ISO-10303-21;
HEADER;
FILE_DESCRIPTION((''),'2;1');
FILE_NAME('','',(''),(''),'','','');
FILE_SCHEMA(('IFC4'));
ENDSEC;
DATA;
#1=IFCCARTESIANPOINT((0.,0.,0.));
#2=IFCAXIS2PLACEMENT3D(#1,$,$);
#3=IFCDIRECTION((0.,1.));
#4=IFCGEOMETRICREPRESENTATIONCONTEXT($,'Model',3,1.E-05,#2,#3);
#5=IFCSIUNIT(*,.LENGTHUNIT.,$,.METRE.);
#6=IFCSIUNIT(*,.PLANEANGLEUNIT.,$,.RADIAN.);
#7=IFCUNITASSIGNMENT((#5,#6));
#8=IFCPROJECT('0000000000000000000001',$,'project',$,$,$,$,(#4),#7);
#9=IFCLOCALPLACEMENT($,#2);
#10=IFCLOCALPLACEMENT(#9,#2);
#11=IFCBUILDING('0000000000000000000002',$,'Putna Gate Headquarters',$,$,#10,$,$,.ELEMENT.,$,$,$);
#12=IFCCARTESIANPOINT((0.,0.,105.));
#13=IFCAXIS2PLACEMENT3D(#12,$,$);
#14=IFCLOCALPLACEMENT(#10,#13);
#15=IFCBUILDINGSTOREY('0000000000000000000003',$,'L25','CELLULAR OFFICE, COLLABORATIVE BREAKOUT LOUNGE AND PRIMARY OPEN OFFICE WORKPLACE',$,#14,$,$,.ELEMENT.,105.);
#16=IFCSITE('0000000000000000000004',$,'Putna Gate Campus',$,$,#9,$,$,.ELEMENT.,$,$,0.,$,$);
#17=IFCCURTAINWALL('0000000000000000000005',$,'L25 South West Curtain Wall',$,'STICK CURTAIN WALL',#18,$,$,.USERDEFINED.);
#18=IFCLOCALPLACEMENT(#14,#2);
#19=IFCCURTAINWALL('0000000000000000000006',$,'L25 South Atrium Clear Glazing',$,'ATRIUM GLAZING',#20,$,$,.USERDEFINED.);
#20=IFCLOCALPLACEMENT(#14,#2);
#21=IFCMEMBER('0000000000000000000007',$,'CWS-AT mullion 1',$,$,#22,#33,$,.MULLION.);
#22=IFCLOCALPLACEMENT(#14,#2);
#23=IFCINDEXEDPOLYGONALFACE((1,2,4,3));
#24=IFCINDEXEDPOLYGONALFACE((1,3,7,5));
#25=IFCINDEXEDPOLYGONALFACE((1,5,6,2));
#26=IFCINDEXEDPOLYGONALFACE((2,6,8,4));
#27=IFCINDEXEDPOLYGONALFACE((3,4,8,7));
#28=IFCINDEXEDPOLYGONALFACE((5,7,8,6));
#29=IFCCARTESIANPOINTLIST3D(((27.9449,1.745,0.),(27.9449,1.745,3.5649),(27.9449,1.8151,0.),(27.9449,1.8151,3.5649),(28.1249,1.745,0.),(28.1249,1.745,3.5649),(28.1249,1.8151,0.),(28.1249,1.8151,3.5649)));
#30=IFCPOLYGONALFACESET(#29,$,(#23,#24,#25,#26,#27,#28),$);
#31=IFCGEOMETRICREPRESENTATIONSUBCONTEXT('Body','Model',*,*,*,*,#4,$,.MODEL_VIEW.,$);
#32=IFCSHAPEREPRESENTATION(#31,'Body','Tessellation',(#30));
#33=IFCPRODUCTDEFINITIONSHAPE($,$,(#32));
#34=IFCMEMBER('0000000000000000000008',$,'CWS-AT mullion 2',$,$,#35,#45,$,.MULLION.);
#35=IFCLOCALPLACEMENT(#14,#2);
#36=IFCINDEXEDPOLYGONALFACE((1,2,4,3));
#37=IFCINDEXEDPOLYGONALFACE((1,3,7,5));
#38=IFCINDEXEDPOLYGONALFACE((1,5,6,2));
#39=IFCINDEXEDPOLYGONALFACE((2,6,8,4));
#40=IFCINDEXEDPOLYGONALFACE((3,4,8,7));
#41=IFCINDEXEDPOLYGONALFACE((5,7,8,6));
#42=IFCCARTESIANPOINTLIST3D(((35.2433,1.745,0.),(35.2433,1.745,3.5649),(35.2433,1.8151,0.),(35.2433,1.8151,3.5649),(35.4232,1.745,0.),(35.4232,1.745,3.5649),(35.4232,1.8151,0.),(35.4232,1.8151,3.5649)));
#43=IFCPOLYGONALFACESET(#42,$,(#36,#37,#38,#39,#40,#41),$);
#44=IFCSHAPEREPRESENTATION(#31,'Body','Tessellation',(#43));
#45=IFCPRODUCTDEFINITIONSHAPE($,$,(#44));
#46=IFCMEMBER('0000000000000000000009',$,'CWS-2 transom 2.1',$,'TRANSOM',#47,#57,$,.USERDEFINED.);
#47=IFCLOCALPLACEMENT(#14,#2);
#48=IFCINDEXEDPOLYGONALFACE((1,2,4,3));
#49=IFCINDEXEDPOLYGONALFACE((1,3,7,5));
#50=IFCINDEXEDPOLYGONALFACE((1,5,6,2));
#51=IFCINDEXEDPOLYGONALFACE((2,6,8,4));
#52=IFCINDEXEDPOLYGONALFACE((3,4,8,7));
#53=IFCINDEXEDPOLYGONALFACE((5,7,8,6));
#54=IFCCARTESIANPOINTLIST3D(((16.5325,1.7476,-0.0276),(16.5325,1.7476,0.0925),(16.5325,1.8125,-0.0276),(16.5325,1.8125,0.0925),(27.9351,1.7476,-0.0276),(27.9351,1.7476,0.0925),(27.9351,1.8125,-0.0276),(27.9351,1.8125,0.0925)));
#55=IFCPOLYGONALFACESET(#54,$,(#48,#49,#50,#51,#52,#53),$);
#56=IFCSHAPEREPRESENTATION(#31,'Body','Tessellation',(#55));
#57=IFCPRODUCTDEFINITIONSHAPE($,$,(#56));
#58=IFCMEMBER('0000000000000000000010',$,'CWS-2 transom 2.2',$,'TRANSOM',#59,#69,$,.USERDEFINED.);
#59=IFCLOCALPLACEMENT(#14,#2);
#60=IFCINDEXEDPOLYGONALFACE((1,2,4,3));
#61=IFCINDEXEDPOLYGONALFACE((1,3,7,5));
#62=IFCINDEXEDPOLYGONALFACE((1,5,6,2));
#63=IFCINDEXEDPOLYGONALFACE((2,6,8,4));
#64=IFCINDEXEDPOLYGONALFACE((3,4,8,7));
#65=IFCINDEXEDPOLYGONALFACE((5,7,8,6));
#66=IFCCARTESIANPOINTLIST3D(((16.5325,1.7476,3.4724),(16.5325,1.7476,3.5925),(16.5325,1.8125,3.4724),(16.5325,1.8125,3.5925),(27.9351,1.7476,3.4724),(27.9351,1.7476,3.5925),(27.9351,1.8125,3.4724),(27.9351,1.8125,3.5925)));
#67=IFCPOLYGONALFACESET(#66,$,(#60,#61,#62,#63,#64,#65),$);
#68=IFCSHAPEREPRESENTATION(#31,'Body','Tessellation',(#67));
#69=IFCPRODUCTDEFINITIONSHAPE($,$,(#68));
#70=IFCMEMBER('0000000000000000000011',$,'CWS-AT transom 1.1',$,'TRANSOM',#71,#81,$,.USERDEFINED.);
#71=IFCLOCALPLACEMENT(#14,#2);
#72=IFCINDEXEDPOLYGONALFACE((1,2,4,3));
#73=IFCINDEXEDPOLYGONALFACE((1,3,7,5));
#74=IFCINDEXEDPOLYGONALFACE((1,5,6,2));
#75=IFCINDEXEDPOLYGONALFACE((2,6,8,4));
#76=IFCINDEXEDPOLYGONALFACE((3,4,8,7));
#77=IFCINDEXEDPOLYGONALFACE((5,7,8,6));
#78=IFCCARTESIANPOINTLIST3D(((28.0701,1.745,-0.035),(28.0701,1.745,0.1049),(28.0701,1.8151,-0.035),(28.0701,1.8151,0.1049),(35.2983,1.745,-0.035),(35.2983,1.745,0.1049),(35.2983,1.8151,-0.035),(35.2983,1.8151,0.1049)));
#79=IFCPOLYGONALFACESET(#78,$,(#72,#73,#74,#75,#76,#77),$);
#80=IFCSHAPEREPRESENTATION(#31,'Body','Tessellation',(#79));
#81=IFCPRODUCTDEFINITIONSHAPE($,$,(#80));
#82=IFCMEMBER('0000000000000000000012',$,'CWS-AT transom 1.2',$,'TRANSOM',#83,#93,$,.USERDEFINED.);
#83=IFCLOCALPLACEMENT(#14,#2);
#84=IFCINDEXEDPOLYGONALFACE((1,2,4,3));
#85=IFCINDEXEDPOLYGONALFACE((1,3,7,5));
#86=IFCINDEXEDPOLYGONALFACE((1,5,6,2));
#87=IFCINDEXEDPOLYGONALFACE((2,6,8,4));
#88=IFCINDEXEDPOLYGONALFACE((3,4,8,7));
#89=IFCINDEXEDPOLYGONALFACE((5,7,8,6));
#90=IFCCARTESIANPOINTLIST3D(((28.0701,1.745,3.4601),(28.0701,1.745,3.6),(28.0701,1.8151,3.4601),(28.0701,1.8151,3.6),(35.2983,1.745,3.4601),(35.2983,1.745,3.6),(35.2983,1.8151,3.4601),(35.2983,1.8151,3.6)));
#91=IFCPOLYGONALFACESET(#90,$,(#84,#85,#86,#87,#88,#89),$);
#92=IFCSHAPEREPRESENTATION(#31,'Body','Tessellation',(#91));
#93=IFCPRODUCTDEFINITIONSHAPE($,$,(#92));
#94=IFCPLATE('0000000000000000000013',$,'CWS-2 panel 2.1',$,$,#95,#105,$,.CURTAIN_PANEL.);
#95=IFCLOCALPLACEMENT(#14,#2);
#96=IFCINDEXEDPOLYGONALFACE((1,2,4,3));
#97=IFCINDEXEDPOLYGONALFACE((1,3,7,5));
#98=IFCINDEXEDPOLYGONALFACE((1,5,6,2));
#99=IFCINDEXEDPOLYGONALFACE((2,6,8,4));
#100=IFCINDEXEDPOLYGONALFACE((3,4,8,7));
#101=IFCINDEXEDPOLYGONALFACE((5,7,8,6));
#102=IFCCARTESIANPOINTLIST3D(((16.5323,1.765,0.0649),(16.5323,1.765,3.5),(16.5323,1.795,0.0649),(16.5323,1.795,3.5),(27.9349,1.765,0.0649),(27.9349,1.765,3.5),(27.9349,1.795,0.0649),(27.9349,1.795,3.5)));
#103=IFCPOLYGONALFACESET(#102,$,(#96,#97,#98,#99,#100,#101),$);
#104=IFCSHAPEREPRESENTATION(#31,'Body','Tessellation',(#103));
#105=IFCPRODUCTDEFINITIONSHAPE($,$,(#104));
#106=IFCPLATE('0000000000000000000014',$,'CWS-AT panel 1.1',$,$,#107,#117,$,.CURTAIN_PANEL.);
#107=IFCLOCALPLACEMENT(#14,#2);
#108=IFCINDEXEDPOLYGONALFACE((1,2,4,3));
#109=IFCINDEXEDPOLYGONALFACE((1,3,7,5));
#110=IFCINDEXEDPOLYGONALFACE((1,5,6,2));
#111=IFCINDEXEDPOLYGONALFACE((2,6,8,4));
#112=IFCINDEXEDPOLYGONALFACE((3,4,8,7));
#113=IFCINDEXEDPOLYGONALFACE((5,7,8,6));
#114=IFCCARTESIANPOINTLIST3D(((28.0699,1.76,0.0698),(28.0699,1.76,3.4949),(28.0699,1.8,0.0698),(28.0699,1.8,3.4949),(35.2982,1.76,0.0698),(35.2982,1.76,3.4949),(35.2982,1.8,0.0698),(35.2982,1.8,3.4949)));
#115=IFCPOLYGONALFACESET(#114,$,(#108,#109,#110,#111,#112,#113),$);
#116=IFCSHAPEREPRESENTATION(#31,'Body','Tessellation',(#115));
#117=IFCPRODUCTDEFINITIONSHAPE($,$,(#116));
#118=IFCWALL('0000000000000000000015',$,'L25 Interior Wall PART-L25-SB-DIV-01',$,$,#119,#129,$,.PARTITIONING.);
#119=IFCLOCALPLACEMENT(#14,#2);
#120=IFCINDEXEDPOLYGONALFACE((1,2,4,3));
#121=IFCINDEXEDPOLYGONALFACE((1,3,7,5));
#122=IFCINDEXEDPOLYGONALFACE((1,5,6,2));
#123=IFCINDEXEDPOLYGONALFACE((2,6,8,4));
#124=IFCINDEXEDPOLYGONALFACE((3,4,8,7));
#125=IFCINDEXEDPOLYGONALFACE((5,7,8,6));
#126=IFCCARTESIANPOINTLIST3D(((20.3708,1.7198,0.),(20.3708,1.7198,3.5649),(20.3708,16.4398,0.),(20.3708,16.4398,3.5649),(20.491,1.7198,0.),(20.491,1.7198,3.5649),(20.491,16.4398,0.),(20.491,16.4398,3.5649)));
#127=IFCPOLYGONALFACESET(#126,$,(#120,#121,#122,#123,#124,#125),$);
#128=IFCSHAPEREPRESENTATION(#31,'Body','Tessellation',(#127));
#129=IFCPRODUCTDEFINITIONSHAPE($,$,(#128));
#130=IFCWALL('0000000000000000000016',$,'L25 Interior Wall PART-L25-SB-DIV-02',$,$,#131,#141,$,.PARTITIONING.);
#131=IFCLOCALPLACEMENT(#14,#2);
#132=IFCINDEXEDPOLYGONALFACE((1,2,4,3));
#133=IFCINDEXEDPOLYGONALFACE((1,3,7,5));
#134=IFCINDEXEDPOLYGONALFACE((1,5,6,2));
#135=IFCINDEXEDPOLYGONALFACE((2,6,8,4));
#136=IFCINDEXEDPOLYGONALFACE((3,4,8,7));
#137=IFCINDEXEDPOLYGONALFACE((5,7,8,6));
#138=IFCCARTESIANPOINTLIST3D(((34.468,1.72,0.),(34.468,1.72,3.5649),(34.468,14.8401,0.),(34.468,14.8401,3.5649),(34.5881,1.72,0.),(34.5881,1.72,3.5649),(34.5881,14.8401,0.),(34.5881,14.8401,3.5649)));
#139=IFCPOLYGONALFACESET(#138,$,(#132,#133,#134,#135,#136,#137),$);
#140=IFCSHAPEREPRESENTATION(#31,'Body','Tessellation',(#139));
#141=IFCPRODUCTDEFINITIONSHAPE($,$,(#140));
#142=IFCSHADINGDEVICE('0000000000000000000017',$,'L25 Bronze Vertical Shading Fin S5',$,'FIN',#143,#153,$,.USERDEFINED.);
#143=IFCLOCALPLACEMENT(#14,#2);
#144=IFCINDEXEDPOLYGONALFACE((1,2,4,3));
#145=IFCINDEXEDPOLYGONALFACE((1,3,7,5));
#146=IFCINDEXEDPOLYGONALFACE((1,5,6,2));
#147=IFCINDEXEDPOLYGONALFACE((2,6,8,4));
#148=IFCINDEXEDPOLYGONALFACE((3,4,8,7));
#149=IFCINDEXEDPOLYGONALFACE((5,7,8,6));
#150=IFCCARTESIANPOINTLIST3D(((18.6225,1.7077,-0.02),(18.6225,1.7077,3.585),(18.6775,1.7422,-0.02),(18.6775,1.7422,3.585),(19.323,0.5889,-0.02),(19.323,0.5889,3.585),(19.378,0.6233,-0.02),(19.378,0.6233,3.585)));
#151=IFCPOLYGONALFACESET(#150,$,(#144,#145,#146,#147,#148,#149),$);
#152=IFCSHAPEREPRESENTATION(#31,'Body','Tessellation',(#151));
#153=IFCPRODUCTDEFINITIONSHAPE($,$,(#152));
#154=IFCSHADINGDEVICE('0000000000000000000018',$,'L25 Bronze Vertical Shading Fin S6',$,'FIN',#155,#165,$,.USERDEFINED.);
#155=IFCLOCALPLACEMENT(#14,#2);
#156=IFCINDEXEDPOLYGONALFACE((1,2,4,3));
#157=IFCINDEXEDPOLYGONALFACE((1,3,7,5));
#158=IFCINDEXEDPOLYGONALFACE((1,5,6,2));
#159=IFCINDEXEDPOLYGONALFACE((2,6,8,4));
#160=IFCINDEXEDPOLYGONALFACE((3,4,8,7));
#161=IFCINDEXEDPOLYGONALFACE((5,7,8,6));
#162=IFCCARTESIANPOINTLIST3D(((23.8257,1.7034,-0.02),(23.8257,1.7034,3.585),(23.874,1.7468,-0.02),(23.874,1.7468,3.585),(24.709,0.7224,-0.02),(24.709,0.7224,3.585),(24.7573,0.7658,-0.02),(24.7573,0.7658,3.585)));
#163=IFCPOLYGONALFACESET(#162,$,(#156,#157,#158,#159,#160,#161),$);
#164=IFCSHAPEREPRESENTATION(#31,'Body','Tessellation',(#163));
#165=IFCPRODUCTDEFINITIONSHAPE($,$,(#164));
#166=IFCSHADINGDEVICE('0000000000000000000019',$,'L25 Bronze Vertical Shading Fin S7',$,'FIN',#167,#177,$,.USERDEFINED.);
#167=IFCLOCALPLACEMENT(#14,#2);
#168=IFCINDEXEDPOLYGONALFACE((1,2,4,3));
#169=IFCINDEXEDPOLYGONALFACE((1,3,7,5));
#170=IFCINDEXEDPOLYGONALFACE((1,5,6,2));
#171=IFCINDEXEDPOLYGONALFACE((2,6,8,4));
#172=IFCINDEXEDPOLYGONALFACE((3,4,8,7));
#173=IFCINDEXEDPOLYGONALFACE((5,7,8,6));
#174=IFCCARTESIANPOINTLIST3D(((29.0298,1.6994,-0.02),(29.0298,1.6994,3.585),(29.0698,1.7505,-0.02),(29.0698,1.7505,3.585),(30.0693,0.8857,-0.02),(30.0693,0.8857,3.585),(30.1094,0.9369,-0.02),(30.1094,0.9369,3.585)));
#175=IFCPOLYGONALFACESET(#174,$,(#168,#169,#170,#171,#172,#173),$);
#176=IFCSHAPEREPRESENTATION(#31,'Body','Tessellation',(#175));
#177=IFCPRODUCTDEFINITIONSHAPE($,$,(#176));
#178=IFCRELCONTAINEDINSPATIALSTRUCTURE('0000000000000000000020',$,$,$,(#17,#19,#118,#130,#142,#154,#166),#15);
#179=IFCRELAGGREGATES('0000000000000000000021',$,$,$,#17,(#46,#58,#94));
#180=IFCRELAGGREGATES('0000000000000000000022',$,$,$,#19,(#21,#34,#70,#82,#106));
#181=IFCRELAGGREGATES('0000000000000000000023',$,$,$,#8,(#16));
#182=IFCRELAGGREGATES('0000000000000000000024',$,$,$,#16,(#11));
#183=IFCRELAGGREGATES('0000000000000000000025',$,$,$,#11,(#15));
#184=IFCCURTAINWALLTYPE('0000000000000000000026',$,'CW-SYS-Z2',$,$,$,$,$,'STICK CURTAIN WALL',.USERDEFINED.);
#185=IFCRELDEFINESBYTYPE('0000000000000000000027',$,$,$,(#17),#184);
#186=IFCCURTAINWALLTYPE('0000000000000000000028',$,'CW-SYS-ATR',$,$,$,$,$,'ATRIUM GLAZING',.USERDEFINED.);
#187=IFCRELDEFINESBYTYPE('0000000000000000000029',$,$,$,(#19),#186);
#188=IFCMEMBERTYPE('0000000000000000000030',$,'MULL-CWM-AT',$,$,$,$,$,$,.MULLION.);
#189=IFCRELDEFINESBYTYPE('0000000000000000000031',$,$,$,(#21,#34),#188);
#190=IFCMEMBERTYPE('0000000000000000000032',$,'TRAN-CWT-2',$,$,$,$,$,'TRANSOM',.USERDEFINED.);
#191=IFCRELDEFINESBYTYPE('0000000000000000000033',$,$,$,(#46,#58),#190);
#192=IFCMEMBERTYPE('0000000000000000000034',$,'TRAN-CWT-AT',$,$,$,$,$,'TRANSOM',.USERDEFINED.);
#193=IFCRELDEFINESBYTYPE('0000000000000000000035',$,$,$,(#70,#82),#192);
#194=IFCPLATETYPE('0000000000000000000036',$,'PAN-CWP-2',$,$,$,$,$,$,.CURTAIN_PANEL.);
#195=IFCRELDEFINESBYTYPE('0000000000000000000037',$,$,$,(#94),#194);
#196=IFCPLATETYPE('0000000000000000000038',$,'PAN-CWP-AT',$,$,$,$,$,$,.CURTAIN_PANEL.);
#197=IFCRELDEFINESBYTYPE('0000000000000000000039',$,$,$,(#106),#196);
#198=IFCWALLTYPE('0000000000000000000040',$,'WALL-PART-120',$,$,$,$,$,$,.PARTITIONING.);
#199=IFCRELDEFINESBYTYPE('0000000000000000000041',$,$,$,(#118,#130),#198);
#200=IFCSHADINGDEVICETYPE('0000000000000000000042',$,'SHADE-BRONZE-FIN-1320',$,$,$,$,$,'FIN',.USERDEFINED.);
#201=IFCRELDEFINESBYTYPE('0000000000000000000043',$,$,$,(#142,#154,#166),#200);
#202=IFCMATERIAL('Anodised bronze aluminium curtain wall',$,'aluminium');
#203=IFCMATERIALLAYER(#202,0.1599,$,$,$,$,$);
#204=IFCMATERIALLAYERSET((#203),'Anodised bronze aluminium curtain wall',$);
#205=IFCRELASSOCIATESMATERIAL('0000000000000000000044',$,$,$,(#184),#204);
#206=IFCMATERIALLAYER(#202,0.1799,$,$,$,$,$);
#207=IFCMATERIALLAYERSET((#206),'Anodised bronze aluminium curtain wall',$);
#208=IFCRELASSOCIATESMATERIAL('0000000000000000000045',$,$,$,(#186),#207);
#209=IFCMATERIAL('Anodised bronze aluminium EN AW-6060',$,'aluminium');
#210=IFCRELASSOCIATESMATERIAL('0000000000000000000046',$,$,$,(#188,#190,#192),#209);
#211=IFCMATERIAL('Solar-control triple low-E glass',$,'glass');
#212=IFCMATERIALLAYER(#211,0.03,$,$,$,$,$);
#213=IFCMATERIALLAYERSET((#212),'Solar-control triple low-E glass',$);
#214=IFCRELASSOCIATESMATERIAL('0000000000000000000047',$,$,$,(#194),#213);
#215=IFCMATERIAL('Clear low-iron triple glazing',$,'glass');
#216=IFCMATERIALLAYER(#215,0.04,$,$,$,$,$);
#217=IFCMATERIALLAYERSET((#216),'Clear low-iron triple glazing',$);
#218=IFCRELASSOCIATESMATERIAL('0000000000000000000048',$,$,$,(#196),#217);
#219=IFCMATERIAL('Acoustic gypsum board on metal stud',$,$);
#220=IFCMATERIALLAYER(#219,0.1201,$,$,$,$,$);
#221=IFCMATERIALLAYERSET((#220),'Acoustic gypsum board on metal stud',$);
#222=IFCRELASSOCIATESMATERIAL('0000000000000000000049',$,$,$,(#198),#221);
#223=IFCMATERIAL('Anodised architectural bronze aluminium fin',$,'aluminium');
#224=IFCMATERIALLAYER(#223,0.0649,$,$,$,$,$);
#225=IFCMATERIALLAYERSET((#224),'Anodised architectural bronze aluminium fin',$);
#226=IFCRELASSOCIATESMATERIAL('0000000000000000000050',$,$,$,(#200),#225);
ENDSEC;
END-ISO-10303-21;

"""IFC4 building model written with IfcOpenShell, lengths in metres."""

from ifc_helpers import new_model, si_unit, direction, frame, frame_2d, origin, origin_2d, place, context, subcontext, project, spatial, rectangle, extrude, material, layer, layer_set, material_profile, profile_set, type_object, element, aggregate, save


model = new_model("IFC4")

# Units and contexts
model_context = context("Model", 3, precision=1e-05, world=origin(), true_north=direction((0.0, 1.0)))
body_context = subcontext(model_context, "Body", "Model", "MODEL_VIEW")
ifc_project = project(units=[si_unit("LENGTHUNIT", "METRE"), si_unit("PLANEANGLEUNIT", "RADIAN")], contexts=[model_context])

# Site, building, storey
site_placement = place(None, origin())
site = spatial("IfcSite", under=ifc_project, at=site_placement, Name="Putna Gate Campus", CompositionType="ELEMENT", RefElevation=0.0)
building_placement = place(site_placement, origin())
building = spatial("IfcBuilding", under=site, at=building_placement, Name="Putna Gate Headquarters", CompositionType="ELEMENT")
storey_placement = place(building_placement, frame((0.0, 0.0, 105.0)))
storey = spatial("IfcBuildingStorey", under=building, at=storey_placement, Name="L25", Description="CELLULAR OFFICE, COLLABORATIVE BREAKOUT LOUNGE AND PRIMARY OPEN OFFICE WORKPLACE", CompositionType="ELEMENT", Elevation=105.0)

# Curtain walls, members
ifc_material_1 = material(Name="Anodised bronze aluminium curtain wall", Category="aluminium")
ifc_layer_1 = layer(ifc_material_1, 0.1599)
ifc_layer_set_1 = layer_set([ifc_layer_1], Name="Anodised bronze aluminium curtain wall")
curtain_wall_type_1 = type_object("IfcCurtainWallType", Name="CW-SYS-Z2", ElementType="STICK CURTAIN WALL", PredefinedType="USERDEFINED", material=ifc_layer_set_1)
curtain_wall_1_placement = place(storey_placement, origin())
curtain_wall_1 = element("IfcCurtainWall", 1, at=curtain_wall_1_placement, inside=storey, type_object=curtain_wall_type_1, Name="L25 South West Curtain Wall", ObjectType="STICK CURTAIN WALL", PredefinedType="USERDEFINED")
ifc_material_2 = material(Name="Anodised bronze aluminium EN AW-6060", Category="aluminium")
ifc_layer_2 = layer(ifc_material_1, 0.1799)
ifc_layer_set_2 = layer_set([ifc_layer_2], Name="Anodised bronze aluminium curtain wall")
curtain_wall_type_2 = type_object("IfcCurtainWallType", Name="CW-SYS-ATR", ElementType="ATRIUM GLAZING", PredefinedType="USERDEFINED", material=ifc_layer_set_2)
curtain_wall_2_placement = place(storey_placement, origin())
curtain_wall_2 = element("IfcCurtainWall", 2, at=curtain_wall_2_placement, inside=storey, type_object=curtain_wall_type_2, Name="L25 South Atrium Clear Glazing", ObjectType="ATRIUM GLAZING", PredefinedType="USERDEFINED")
ifc_material_profile_1 = material_profile(ifc_material_2, rectangle(XDim=0.0701, YDim=0.1799, at=origin_2d()), Name="Anodised bronze aluminium EN AW-6060")
ifc_profile_set_1 = profile_set([ifc_material_profile_1], Name="Anodised bronze aluminium EN AW-6060")
member_type_1 = type_object("IfcMemberType", Name="MULL-CWM-AT", PredefinedType="MULLION", material=ifc_profile_set_1)
member_1_placement = place(storey_placement, frame((28.0349, 1.78, 0.0), z_axis=(0.0, 0.0, 1.0), x_axis=(0.0, 1.0, 0.0)))
member_1 = element("IfcMember", 3, at=member_1_placement, type_object=member_type_1, Name="CWS-AT mullion 1", PredefinedType="MULLION", context=body_context, shape_type="SweptSolid", body=[
    extrude(rectangle(XDim=0.0701, YDim=0.1799, at=origin_2d()), origin(), (0.0, 0.0, 1.0), 3.5649),
])
member_2_placement = place(storey_placement, frame((35.3333, 1.78, 0.0), z_axis=(0.0, 0.0, 1.0), x_axis=(0.0, 1.0, 0.0)))
member_2 = element("IfcMember", 4, at=member_2_placement, type_object=member_type_1, Name="CWS-AT mullion 2", PredefinedType="MULLION", context=body_context, shape_type="SweptSolid", body=[
    extrude(rectangle(XDim=0.0701, YDim=0.1799, at=origin_2d()), origin(), (0.0, 0.0, 1.0), 3.5649),
])

# Members
ifc_material_profile_2 = material_profile(ifc_material_2, rectangle(XDim=0.0649, YDim=0.1201, at=origin_2d()), Name="Anodised bronze aluminium EN AW-6060")
ifc_profile_set_2 = profile_set([ifc_material_profile_2], Name="Anodised bronze aluminium EN AW-6060")
member_type_2 = type_object("IfcMemberType", Name="TRAN-CWT-2", ElementType="TRANSOM", PredefinedType="USERDEFINED", material=ifc_profile_set_2)
member_3_placement = place(storey_placement, frame((16.5325, 1.78, 0.0325), z_axis=(1.0, 0.0, 0.0), x_axis=(0.0, 1.0, 0.0)))
member_3 = element("IfcMember", 5, at=member_3_placement, type_object=member_type_2, Name="CWS-2 transom 2.1", ObjectType="TRANSOM", PredefinedType="USERDEFINED", context=body_context, shape_type="SweptSolid", body=[
    extrude(rectangle(XDim=0.0649, YDim=0.1201, at=origin_2d()), origin(), (0.0, 0.0, 1.0), 11.4026),
])
member_4_placement = place(storey_placement, frame((16.5325, 1.78, 3.5325), z_axis=(1.0, 0.0, 0.0), x_axis=(0.0, 1.0, 0.0)))
member_4 = element("IfcMember", 6, at=member_4_placement, type_object=member_type_2, Name="CWS-2 transom 2.2", ObjectType="TRANSOM", PredefinedType="USERDEFINED", context=body_context, shape_type="SweptSolid", body=[
    extrude(rectangle(XDim=0.0649, YDim=0.1201, at=origin_2d()), origin(), (0.0, 0.0, 1.0), 11.4026),
])
ifc_material_profile_3 = material_profile(ifc_material_2, rectangle(XDim=0.0701, YDim=0.1399, at=origin_2d()), Name="Anodised bronze aluminium EN AW-6060")
ifc_profile_set_3 = profile_set([ifc_material_profile_3], Name="Anodised bronze aluminium EN AW-6060")
member_type_3 = type_object("IfcMemberType", Name="TRAN-CWT-AT", ElementType="TRANSOM", PredefinedType="USERDEFINED", material=ifc_profile_set_3)
member_5_placement = place(storey_placement, frame((28.0701, 1.78, 0.0349), z_axis=(1.0, 0.0, 0.0), x_axis=(0.0, 1.0, 0.0)))
member_5 = element("IfcMember", 7, at=member_5_placement, type_object=member_type_3, Name="CWS-AT transom 1.1", ObjectType="TRANSOM", PredefinedType="USERDEFINED", context=body_context, shape_type="SweptSolid", body=[
    extrude(rectangle(XDim=0.0701, YDim=0.1399, at=origin_2d()), origin(), (0.0, 0.0, 1.0), 7.2283),
])
member_6_placement = place(storey_placement, frame((28.0701, 1.78, 3.53), z_axis=(1.0, 0.0, 0.0), x_axis=(0.0, 1.0, 0.0)))
member_6 = element("IfcMember", 8, at=member_6_placement, type_object=member_type_3, Name="CWS-AT transom 1.2", ObjectType="TRANSOM", PredefinedType="USERDEFINED", context=body_context, shape_type="SweptSolid", body=[
    extrude(rectangle(XDim=0.0701, YDim=0.1399, at=origin_2d()), origin(), (0.0, 0.0, 1.0), 7.2283),
])

# Plates
ifc_material_3 = material(Name="Solar-control triple low-E glass", Category="glass")
ifc_layer_3 = layer(ifc_material_3, 0.03)
ifc_layer_set_3 = layer_set([ifc_layer_3], Name="Solar-control triple low-E glass")
plate_type_1 = type_object("IfcPlateType", Name="PAN-CWP-2", PredefinedType="CURTAIN_PANEL", material=ifc_layer_set_3)
plate_1_placement = place(storey_placement, frame((22.2336, 1.78, 0.0649), z_axis=(0.0, 0.0, 1.0), x_axis=(1.0, 0.0, 0.0)))
plate_1 = element("IfcPlate", 9, at=plate_1_placement, type_object=plate_type_1, Name="CWS-2 panel 2.1", PredefinedType="CURTAIN_PANEL", context=body_context, shape_type="SweptSolid", body=[
    extrude(rectangle(XDim=11.4026, YDim=0.03, at=origin_2d()), origin(), (0.0, 0.0, 1.0), 3.4351),
])
aggregate(curtain_wall_1, [member_3, member_4, plate_1])
ifc_material_4 = material(Name="Clear low-iron triple glazing", Category="glass")
ifc_layer_4 = layer(ifc_material_4, 0.04)
ifc_layer_set_4 = layer_set([ifc_layer_4], Name="Clear low-iron triple glazing")
plate_type_2 = type_object("IfcPlateType", Name="PAN-CWP-AT", PredefinedType="CURTAIN_PANEL", material=ifc_layer_set_4)
plate_2_placement = place(storey_placement, frame((31.6841, 1.78, 0.0698), z_axis=(0.0, 0.0, 1.0), x_axis=(1.0, 0.0, 0.0)))
plate_2 = element("IfcPlate", 10, at=plate_2_placement, type_object=plate_type_2, Name="CWS-AT panel 1.1", PredefinedType="CURTAIN_PANEL", context=body_context, shape_type="SweptSolid", body=[
    extrude(rectangle(XDim=7.2283, YDim=0.04, at=origin_2d()), origin(), (0.0, 0.0, 1.0), 3.425),
])
aggregate(curtain_wall_2, [member_1, member_2, member_5, member_6, plate_2])

# Walls
ifc_material_5 = material(Name="Acoustic gypsum board on metal stud")
ifc_layer_5 = layer(ifc_material_5, 0.1201)
ifc_layer_set_5 = layer_set([ifc_layer_5], Name="Acoustic gypsum board on metal stud")
wall_type = type_object("IfcWallType", Name="WALL-PART-120", PredefinedType="PARTITIONING", material=ifc_layer_set_5)
wall_1_placement = place(storey_placement, frame((20.4309, 1.72, 0.0), z_axis=(0.0, 0.0, 1.0), x_axis=(0.0, 1.0, 0.0)))
element("IfcWall", 11, at=wall_1_placement, inside=storey, type_object=wall_type, Name="L25 Interior Wall PART-L25-SB-DIV-01", PredefinedType="PARTITIONING", context=body_context, shape_type="SweptSolid", body=[
    extrude(rectangle(XDim=14.72, YDim=0.1201, at=frame_2d((7.3599, 0.0))), origin(), (0.0, 0.0, 1.0), 3.5649),
])
wall_2_placement = place(storey_placement, frame((34.5281, 1.72, 0.0), z_axis=(0.0, 0.0, 1.0), x_axis=(0.0, 1.0, 0.0)))
element("IfcWall", 12, at=wall_2_placement, inside=storey, type_object=wall_type, Name="L25 Interior Wall PART-L25-SB-DIV-02", PredefinedType="PARTITIONING", context=body_context, shape_type="SweptSolid", body=[
    extrude(rectangle(XDim=13.1201, YDim=0.1201, at=frame_2d((6.5601, 0.0))), origin(), (0.0, 0.0, 1.0), 3.5649),
])

# Shading devices
ifc_material_6 = material(Name="Anodised architectural bronze aluminium fin", Category="aluminium")
ifc_layer_6 = layer(ifc_material_6, 0.0649)
ifc_layer_set_6 = layer_set([ifc_layer_6], Name="Anodised architectural bronze aluminium fin")
shading_device_type = type_object("IfcShadingDeviceType", Name="SHADE-BRONZE-FIN-1320", ElementType="FIN", PredefinedType="USERDEFINED", material=ifc_layer_set_6)
for number, where, z_axis, x_axis, name in (
    (13, (19.0002, 1.1655, -0.02), (0.0, 0.0, 1.0), (0.530659, -0.847585, 0.0), "L25 Bronze Vertical Shading Fin S5"),
    (14, (24.2915, 1.2346, -0.02), (0.0, 0.0, 1.0), (0.669131, -0.743145, 0.0), "L25 Bronze Vertical Shading Fin S6"),
    (15, (29.5696, 1.3181, -0.02), (0.0, 0.0, 1.0), (0.787473, -0.616349, 0.0), "L25 Bronze Vertical Shading Fin S7"),
):
    element("IfcShadingDevice", number, at=place(storey_placement, frame(where, z_axis=z_axis, x_axis=x_axis)), inside=storey, type_object=shading_device_type, Name=name, ObjectType="FIN", PredefinedType="USERDEFINED", context=body_context, shape_type="SweptSolid", body=[
        extrude(rectangle(XDim=1.3201, YDim=0.0649, at=origin_2d()), origin(), (0.0, 0.0, 1.0), 3.605),
    ])

save(model, "model.ifc")
